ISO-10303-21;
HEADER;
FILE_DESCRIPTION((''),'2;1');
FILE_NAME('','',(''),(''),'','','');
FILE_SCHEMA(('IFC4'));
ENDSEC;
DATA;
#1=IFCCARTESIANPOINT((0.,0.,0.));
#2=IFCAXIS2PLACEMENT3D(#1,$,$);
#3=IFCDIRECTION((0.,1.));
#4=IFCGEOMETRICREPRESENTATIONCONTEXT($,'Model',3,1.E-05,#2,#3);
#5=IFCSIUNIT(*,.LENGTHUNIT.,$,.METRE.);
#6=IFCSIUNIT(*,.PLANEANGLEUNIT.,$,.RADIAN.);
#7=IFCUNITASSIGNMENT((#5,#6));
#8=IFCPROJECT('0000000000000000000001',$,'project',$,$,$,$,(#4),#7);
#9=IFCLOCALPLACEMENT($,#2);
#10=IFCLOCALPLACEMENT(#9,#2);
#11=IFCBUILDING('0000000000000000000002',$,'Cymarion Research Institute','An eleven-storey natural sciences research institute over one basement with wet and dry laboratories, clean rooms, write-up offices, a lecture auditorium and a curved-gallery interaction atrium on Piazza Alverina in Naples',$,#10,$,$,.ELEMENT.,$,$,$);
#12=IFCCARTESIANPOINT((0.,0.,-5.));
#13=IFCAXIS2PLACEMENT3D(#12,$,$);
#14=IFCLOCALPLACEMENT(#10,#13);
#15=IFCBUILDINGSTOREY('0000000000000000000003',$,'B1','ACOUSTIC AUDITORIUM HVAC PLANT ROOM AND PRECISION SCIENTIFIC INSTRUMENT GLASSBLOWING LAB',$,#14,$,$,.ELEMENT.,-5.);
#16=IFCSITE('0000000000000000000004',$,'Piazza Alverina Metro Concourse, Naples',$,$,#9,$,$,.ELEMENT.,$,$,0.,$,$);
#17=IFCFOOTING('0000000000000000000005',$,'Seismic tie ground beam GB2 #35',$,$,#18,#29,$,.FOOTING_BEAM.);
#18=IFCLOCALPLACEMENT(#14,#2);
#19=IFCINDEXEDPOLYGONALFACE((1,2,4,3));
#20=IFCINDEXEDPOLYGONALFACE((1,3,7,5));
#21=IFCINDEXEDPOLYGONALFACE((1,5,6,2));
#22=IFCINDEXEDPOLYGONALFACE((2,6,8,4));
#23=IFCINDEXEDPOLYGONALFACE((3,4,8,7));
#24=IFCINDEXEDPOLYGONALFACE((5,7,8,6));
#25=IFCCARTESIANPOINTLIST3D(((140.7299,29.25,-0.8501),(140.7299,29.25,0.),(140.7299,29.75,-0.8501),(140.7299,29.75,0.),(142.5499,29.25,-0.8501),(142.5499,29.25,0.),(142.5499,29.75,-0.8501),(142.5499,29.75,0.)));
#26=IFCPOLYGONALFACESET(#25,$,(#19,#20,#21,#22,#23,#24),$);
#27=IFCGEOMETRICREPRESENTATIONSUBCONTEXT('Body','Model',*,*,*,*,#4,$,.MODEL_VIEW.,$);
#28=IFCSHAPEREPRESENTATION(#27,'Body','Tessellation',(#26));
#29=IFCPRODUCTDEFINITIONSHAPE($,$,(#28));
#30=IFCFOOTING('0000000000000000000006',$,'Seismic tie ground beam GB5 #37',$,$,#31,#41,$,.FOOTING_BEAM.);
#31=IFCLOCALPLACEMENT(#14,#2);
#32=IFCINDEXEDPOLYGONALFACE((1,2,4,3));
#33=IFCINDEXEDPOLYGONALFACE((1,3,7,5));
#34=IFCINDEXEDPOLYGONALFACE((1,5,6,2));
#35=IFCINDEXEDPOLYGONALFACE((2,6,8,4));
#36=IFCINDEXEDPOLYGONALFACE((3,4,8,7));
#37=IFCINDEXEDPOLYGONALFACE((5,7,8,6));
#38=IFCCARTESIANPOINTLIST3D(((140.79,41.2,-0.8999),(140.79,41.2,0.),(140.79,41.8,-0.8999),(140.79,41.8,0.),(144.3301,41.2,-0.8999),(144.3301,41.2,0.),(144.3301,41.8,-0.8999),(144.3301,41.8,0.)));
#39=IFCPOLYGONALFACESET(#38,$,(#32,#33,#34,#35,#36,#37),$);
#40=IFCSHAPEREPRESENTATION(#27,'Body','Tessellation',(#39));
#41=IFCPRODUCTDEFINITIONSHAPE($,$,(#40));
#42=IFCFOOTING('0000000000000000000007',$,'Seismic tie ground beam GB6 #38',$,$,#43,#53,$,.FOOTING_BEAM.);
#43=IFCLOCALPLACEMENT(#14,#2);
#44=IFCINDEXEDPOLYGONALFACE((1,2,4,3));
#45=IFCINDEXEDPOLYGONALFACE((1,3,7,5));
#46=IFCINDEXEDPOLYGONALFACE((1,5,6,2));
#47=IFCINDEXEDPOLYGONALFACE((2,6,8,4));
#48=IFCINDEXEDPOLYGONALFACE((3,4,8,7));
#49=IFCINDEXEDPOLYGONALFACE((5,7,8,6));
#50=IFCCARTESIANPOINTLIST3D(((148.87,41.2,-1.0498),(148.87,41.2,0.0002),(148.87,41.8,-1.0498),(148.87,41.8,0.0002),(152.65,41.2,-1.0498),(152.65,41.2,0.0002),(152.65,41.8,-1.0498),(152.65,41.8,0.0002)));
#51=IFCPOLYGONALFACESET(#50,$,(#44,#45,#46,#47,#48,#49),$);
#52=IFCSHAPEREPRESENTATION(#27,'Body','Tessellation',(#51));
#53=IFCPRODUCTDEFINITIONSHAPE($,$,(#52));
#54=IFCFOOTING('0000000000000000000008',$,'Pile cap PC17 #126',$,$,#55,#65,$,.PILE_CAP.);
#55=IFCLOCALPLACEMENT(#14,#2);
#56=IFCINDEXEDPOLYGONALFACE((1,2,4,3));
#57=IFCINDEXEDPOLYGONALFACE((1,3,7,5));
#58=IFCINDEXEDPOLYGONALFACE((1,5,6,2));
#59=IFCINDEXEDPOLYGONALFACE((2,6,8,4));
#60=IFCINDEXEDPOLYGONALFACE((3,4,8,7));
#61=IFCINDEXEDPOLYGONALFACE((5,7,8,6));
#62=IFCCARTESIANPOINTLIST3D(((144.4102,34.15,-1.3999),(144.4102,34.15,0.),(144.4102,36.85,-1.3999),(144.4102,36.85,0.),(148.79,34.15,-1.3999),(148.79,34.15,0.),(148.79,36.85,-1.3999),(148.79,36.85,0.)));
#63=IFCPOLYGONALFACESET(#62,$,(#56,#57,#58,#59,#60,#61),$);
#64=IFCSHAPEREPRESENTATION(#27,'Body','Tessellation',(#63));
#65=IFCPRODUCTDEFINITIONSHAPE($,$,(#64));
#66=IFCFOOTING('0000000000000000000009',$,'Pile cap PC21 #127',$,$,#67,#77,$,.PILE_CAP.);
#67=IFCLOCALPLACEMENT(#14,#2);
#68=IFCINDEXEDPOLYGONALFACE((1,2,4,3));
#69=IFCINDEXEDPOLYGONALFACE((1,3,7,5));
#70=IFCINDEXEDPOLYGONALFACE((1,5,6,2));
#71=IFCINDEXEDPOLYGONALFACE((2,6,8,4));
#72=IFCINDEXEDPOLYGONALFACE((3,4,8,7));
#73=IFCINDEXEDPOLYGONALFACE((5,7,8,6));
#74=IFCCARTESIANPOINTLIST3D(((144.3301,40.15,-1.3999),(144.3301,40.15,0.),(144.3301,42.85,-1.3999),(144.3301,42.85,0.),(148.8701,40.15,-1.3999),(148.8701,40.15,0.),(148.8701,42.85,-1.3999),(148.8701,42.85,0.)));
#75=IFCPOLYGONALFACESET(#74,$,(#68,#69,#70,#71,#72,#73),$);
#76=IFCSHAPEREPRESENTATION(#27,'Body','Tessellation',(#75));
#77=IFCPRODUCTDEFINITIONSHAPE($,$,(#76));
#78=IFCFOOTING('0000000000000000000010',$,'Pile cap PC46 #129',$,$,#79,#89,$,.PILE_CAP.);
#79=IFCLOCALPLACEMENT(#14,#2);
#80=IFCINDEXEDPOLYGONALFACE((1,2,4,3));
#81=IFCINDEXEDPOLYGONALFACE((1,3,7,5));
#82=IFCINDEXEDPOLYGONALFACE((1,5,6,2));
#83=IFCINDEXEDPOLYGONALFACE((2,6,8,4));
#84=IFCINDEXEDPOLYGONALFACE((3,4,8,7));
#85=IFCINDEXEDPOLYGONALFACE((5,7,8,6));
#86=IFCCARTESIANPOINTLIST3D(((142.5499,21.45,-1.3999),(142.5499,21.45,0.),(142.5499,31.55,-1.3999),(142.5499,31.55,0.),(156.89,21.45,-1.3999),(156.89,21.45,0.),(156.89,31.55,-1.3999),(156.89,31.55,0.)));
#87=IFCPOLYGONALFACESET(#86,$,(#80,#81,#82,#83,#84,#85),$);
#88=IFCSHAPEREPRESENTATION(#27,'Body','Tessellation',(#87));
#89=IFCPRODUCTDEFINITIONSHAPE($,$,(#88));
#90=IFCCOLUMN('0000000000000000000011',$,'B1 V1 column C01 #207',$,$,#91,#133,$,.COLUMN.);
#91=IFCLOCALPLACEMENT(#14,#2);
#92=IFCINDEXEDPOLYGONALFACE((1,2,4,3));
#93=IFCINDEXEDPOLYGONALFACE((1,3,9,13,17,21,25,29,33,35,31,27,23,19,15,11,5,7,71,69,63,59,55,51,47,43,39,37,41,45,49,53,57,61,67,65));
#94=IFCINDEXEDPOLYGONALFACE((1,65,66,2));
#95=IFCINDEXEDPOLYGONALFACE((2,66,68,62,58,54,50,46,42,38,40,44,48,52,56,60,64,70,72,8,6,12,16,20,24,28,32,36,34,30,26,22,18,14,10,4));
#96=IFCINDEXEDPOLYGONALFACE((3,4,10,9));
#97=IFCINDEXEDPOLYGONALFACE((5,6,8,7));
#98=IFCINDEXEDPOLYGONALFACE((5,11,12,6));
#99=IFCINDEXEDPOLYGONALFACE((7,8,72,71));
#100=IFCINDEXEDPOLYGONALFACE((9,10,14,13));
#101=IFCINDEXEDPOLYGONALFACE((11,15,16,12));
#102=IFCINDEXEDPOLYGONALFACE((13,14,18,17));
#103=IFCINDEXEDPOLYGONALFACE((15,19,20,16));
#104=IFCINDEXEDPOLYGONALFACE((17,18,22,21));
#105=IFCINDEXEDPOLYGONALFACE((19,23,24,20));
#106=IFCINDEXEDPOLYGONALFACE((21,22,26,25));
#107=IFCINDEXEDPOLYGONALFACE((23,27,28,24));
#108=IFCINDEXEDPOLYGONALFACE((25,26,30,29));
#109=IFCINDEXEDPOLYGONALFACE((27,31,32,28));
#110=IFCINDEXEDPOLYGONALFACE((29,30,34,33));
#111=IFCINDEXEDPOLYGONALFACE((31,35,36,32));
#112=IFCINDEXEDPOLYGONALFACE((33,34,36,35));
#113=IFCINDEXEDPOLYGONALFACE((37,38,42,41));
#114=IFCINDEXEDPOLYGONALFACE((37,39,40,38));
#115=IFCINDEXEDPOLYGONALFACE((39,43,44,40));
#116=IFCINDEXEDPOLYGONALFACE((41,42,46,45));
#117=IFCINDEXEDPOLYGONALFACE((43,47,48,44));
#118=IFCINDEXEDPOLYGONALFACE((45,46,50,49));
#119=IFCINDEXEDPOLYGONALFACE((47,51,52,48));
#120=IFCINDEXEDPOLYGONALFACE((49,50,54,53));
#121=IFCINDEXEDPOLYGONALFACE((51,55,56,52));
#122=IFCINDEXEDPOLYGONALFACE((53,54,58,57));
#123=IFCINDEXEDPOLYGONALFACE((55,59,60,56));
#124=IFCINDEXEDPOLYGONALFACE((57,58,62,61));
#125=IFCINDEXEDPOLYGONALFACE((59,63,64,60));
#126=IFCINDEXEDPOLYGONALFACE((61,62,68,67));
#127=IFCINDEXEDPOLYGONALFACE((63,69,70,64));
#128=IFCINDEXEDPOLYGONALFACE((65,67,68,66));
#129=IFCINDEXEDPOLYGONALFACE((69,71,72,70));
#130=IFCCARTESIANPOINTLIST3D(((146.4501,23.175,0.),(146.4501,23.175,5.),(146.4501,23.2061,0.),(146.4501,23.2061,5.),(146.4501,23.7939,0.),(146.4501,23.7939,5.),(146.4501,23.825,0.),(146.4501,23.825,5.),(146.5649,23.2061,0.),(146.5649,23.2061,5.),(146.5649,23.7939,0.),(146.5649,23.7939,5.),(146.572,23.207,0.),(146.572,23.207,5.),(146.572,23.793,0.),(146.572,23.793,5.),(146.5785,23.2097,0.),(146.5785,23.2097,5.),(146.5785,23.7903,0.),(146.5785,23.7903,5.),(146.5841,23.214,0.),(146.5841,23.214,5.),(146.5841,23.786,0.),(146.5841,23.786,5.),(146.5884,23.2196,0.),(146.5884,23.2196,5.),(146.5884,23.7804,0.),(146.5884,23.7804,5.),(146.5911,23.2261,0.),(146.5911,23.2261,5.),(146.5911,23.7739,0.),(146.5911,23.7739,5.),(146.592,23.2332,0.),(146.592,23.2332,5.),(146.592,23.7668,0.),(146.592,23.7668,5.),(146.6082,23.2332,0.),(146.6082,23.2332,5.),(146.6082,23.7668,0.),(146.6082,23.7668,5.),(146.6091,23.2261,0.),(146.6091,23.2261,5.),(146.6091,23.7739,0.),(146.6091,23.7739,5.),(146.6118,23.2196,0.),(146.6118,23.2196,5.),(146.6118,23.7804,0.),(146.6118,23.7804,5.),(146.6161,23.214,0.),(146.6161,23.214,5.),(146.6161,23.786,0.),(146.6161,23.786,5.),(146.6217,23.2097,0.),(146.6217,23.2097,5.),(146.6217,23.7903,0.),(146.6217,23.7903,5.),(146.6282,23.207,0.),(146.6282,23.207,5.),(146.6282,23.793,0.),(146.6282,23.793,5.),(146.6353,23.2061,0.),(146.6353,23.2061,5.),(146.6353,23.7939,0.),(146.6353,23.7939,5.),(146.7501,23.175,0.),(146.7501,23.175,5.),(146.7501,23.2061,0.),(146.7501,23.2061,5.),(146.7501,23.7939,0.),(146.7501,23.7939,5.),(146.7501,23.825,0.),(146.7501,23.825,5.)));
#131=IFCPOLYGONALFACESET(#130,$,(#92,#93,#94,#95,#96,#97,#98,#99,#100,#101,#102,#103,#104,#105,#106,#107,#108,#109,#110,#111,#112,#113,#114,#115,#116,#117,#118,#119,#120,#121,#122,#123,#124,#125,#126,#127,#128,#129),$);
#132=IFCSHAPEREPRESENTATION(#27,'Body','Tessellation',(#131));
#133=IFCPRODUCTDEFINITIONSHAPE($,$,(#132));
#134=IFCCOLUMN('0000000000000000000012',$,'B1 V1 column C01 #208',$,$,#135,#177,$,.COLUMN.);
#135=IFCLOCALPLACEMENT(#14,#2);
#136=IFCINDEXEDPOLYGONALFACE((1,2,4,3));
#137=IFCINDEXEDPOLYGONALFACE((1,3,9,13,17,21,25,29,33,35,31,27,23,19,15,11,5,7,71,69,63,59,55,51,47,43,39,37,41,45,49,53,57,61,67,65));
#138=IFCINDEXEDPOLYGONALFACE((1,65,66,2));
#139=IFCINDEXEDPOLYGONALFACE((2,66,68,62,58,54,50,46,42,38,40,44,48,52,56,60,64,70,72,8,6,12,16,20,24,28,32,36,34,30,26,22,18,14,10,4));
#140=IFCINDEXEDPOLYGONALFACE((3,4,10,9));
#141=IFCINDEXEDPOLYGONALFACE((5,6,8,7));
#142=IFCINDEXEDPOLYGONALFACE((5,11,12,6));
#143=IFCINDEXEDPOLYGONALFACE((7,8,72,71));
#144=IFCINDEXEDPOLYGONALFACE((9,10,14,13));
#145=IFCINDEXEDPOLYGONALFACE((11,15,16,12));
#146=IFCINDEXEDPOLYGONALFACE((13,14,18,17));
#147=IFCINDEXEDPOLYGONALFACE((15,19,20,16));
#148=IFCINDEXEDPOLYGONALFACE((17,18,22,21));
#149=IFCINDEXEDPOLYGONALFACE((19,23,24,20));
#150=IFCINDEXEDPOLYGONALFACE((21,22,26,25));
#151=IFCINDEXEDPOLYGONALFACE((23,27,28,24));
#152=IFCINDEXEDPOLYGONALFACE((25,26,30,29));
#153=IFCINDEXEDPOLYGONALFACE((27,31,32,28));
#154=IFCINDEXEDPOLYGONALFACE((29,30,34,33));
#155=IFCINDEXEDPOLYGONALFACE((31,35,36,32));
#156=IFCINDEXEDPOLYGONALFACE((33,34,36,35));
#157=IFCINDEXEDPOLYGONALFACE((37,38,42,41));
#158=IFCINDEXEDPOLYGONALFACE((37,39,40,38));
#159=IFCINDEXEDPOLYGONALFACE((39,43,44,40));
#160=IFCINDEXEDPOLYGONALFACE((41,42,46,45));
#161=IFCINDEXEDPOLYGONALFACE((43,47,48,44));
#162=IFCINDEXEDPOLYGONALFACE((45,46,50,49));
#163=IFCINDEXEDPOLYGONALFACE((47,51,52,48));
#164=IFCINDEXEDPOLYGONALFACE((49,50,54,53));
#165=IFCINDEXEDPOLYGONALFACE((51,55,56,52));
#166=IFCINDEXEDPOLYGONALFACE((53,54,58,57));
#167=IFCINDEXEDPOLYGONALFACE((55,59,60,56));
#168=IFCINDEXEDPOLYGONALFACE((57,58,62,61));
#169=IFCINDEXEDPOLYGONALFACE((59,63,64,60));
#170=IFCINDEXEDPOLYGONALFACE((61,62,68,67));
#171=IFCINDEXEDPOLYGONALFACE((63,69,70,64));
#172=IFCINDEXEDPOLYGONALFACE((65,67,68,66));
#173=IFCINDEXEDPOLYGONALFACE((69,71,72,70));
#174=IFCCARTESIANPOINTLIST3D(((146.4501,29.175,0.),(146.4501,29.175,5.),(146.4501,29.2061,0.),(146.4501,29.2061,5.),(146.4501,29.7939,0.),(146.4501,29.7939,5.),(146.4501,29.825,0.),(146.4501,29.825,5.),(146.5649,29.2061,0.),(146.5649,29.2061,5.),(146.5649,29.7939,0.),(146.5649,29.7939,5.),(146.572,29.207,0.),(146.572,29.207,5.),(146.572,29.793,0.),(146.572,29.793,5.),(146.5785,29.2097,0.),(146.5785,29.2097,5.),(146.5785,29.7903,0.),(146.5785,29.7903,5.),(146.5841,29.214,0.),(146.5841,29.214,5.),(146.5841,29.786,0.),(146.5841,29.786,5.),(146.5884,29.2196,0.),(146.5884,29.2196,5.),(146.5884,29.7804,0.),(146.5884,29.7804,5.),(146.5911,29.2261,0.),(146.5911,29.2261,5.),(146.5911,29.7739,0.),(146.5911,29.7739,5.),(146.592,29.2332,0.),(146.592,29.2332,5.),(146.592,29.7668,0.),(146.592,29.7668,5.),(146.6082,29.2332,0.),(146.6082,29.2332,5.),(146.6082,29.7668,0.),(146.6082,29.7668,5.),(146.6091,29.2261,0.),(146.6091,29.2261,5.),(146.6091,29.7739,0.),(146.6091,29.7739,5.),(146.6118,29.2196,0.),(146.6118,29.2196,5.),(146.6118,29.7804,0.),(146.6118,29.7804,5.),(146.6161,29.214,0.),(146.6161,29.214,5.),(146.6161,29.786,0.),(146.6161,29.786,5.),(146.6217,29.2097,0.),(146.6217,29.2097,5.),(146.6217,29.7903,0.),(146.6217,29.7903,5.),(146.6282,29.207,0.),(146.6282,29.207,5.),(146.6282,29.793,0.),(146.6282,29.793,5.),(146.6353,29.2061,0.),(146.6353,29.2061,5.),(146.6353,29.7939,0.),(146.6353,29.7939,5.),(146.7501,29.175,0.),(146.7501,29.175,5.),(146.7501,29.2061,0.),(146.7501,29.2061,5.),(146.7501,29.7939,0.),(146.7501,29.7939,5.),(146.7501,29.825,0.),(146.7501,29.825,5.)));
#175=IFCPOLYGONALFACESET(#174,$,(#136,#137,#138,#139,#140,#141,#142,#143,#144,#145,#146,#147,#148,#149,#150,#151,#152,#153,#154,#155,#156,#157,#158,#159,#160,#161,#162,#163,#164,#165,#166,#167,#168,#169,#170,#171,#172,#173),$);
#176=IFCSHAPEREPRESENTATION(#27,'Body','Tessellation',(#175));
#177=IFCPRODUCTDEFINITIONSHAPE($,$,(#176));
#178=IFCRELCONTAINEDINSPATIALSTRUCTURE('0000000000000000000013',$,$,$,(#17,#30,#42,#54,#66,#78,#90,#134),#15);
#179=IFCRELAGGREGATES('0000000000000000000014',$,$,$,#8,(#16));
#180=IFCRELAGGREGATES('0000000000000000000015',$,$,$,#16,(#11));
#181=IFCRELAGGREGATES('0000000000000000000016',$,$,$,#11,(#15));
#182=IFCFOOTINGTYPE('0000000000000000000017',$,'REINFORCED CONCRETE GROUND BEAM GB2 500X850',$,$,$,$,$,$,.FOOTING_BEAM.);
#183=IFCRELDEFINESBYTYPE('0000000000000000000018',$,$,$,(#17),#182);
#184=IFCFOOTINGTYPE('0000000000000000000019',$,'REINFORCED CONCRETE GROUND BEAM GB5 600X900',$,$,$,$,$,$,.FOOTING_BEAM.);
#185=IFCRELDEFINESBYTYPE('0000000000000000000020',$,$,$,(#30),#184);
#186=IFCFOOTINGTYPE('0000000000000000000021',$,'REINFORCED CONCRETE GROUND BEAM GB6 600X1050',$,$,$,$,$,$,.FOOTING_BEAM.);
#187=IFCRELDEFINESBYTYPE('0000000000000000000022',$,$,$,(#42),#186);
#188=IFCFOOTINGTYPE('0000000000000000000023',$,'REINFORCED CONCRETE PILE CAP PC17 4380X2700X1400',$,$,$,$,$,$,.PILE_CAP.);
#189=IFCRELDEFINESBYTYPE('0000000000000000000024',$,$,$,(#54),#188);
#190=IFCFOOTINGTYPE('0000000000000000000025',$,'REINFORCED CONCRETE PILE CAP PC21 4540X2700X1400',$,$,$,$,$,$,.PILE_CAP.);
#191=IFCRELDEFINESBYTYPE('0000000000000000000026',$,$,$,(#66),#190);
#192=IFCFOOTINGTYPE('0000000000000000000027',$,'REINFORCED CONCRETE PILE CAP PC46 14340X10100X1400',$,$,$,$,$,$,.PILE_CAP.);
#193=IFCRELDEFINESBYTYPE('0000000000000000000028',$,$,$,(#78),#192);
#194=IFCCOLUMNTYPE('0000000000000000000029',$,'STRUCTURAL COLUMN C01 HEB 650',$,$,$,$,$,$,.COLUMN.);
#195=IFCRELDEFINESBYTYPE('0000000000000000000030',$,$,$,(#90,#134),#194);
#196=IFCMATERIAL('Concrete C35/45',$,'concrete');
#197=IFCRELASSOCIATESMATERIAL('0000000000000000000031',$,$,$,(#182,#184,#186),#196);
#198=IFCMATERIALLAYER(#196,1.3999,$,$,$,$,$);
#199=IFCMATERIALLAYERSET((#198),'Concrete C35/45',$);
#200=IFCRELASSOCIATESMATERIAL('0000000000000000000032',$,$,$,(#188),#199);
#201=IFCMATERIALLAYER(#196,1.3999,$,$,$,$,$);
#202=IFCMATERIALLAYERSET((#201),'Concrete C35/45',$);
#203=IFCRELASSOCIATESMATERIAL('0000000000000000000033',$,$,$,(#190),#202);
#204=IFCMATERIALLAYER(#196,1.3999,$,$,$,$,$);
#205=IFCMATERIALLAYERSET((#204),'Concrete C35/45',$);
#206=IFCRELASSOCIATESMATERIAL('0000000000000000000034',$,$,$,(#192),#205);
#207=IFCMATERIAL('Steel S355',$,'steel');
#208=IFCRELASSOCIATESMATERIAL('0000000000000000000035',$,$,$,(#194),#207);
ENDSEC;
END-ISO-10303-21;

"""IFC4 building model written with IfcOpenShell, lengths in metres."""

from ifc_helpers import new_model, si_unit, direction, frame, origin, origin_2d, place, context, subcontext, project, spatial, rectangle, i_section, extrude, material, layer, layer_set, material_profile, profile_set, type_object, element, save


model = new_model("IFC4")

# Units and contexts
model_context = context("Model", 3, precision=1e-05, world=origin(), true_north=direction((0.0, 1.0)))
body_context = subcontext(model_context, "Body", "Model", "MODEL_VIEW")
ifc_project = project(units=[si_unit("LENGTHUNIT", "METRE"), si_unit("PLANEANGLEUNIT", "RADIAN")], contexts=[model_context])

# Site, building, storey
site_placement = place(None, origin())
site = spatial("IfcSite", under=ifc_project, at=site_placement, Name="Piazza Alverina Metro Concourse, Naples", CompositionType="ELEMENT", RefElevation=0.0)
building_placement = place(site_placement, origin())
building = spatial("IfcBuilding", under=site, at=building_placement, Name="Cymarion Research Institute", Description="An eleven-storey natural sciences research institute over one basement with wet and dry laboratories, clean rooms, write-up offices, a lecture auditorium and a curved-gallery interaction atrium on Piazza Alverina in Naples", CompositionType="ELEMENT")
storey_placement = place(building_placement, frame((0.0, 0.0, -5.0)))
storey = spatial("IfcBuildingStorey", under=building, at=storey_placement, Name="B1", Description="ACOUSTIC AUDITORIUM HVAC PLANT ROOM AND PRECISION SCIENTIFIC INSTRUMENT GLASSBLOWING LAB", CompositionType="ELEMENT", Elevation=-5.0)

# Shared definitions
ifc_material_1 = material(Name="Concrete C35/45", Category="concrete")

# Footings
footing_type_1 = type_object("IfcFootingType", Name="REINFORCED CONCRETE GROUND BEAM GB2 500X850", PredefinedType="FOOTING_BEAM", material=ifc_material_1)
footing_1_placement = place(storey_placement, frame((141.6399, 29.5, -0.8501), z_axis=(0.0, 0.0, 1.0), x_axis=(1.0, 0.0, 0.0)))
element("IfcFooting", 1, at=footing_1_placement, inside=storey, type_object=footing_type_1, Name="Seismic tie ground beam GB2 #35", PredefinedType="FOOTING_BEAM", context=body_context, shape_type="SweptSolid", body=[
    extrude(rectangle(XDim=1.8201, YDim=0.5, at=origin_2d()), origin(), (0.0, 0.0, 1.0), 0.8501),
])
footing_type_2 = type_object("IfcFootingType", Name="REINFORCED CONCRETE GROUND BEAM GB5 600X900", PredefinedType="FOOTING_BEAM", material=ifc_material_1)
footing_2_placement = place(storey_placement, frame((142.5601, 41.5, -0.8999), z_axis=(0.0, 0.0, 1.0), x_axis=(1.0, 0.0, 0.0)))
element("IfcFooting", 2, at=footing_2_placement, inside=storey, type_object=footing_type_2, Name="Seismic tie ground beam GB5 #37", PredefinedType="FOOTING_BEAM", context=body_context, shape_type="SweptSolid", body=[
    extrude(rectangle(XDim=3.54, YDim=0.6001, at=origin_2d()), origin(), (0.0, 0.0, 1.0), 0.8999),
])
footing_type_3 = type_object("IfcFootingType", Name="REINFORCED CONCRETE GROUND BEAM GB6 600X1050", PredefinedType="FOOTING_BEAM", material=ifc_material_1)
footing_3_placement = place(storey_placement, frame((150.76, 41.5, -1.0498), z_axis=(0.0, 0.0, 1.0), x_axis=(1.0, 0.0, 0.0)))
element("IfcFooting", 3, at=footing_3_placement, inside=storey, type_object=footing_type_3, Name="Seismic tie ground beam GB6 #38", PredefinedType="FOOTING_BEAM", context=body_context, shape_type="SweptSolid", body=[
    extrude(rectangle(XDim=3.78, YDim=0.6001, at=origin_2d()), origin(), (0.0, 0.0, 1.0), 1.05),
])
ifc_layer_1 = layer(ifc_material_1, 1.3999)
ifc_layer_set_1 = layer_set([ifc_layer_1], Name="Concrete C35/45")
footing_type_4 = type_object("IfcFootingType", Name="REINFORCED CONCRETE PILE CAP PC17 4380X2700X1400", PredefinedType="PILE_CAP", material=ifc_layer_set_1)
footing_4_placement = place(storey_placement, frame((146.6001, 35.5, -1.3999), z_axis=(0.0, 0.0, 1.0), x_axis=(1.0, 0.0, 0.0)))
element("IfcFooting", 4, at=footing_4_placement, inside=storey, type_object=footing_type_4, Name="Pile cap PC17 #126", PredefinedType="PILE_CAP", context=body_context, shape_type="SweptSolid", body=[
    extrude(rectangle(XDim=4.3799, YDim=2.7, at=origin_2d()), origin(), (0.0, 0.0, 1.0), 1.3999),
])
ifc_layer_2 = layer(ifc_material_1, 1.3999)
ifc_layer_set_2 = layer_set([ifc_layer_2], Name="Concrete C35/45")
footing_type_5 = type_object("IfcFootingType", Name="REINFORCED CONCRETE PILE CAP PC21 4540X2700X1400", PredefinedType="PILE_CAP", material=ifc_layer_set_2)
footing_5_placement = place(storey_placement, frame((146.6001, 41.5, -1.3999), z_axis=(0.0, 0.0, 1.0), x_axis=(1.0, 0.0, 0.0)))
element("IfcFooting", 5, at=footing_5_placement, inside=storey, type_object=footing_type_5, Name="Pile cap PC21 #127", PredefinedType="PILE_CAP", context=body_context, shape_type="SweptSolid", body=[
    extrude(rectangle(XDim=4.54, YDim=2.7, at=origin_2d()), origin(), (0.0, 0.0, 1.0), 1.3999),
])
ifc_layer_3 = layer(ifc_material_1, 1.3999)
ifc_layer_set_3 = layer_set([ifc_layer_3], Name="Concrete C35/45")
footing_type_6 = type_object("IfcFootingType", Name="REINFORCED CONCRETE PILE CAP PC46 14340X10100X1400", PredefinedType="PILE_CAP", material=ifc_layer_set_3)
footing_6_placement = place(storey_placement, frame((149.72, 26.5, -1.3999), z_axis=(0.0, 0.0, 1.0), x_axis=(1.0, 0.0, 0.0)))
element("IfcFooting", 6, at=footing_6_placement, inside=storey, type_object=footing_type_6, Name="Pile cap PC46 #129", PredefinedType="PILE_CAP", context=body_context, shape_type="SweptSolid", body=[
    extrude(rectangle(XDim=14.3401, YDim=10.1001, at=origin_2d()), origin(), (0.0, 0.0, 1.0), 1.3999),
])

# Columns
ifc_material_2 = material(Name="Steel S355", Category="steel")
ifc_material_profile_1 = material_profile(ifc_material_2, i_section(OverallWidth=0.3, OverallDepth=0.6499, WebThickness=0.0161, FlangeThickness=0.031, FilletRadius=0.0271, at=origin_2d()), Name="HEB 650")
ifc_profile_set_1 = profile_set([ifc_material_profile_1], Name="Steel S355")
column_type_1 = type_object("IfcColumnType", Name="STRUCTURAL COLUMN C01 HEB 650", PredefinedType="COLUMN", material=ifc_profile_set_1)
for number, where, z_axis, x_axis, name in (
    (7, (146.6001, 23.5, 0.0), (0.0, 0.0, 1.0), (1.0, 0.0, 0.0), "B1 V1 column C01 #207"),
    (8, (146.6001, 29.5, 0.0), (0.0, 0.0, 1.0), (1.0, 0.0, 0.0), "B1 V1 column C01 #208"),
):
    element("IfcColumn", number, at=place(storey_placement, frame(where, z_axis=z_axis, x_axis=x_axis)), inside=storey, type_object=column_type_1, Name=name, PredefinedType="COLUMN", context=body_context, shape_type="SweptSolid", body=[
        extrude(i_section(OverallWidth=0.3, OverallDepth=0.6499, WebThickness=0.0161, FlangeThickness=0.031, FilletRadius=0.0271, at=origin_2d()), origin(), (0.0, 0.0, 1.0), 5.0),
    ])

save(model, "model.ifc")
